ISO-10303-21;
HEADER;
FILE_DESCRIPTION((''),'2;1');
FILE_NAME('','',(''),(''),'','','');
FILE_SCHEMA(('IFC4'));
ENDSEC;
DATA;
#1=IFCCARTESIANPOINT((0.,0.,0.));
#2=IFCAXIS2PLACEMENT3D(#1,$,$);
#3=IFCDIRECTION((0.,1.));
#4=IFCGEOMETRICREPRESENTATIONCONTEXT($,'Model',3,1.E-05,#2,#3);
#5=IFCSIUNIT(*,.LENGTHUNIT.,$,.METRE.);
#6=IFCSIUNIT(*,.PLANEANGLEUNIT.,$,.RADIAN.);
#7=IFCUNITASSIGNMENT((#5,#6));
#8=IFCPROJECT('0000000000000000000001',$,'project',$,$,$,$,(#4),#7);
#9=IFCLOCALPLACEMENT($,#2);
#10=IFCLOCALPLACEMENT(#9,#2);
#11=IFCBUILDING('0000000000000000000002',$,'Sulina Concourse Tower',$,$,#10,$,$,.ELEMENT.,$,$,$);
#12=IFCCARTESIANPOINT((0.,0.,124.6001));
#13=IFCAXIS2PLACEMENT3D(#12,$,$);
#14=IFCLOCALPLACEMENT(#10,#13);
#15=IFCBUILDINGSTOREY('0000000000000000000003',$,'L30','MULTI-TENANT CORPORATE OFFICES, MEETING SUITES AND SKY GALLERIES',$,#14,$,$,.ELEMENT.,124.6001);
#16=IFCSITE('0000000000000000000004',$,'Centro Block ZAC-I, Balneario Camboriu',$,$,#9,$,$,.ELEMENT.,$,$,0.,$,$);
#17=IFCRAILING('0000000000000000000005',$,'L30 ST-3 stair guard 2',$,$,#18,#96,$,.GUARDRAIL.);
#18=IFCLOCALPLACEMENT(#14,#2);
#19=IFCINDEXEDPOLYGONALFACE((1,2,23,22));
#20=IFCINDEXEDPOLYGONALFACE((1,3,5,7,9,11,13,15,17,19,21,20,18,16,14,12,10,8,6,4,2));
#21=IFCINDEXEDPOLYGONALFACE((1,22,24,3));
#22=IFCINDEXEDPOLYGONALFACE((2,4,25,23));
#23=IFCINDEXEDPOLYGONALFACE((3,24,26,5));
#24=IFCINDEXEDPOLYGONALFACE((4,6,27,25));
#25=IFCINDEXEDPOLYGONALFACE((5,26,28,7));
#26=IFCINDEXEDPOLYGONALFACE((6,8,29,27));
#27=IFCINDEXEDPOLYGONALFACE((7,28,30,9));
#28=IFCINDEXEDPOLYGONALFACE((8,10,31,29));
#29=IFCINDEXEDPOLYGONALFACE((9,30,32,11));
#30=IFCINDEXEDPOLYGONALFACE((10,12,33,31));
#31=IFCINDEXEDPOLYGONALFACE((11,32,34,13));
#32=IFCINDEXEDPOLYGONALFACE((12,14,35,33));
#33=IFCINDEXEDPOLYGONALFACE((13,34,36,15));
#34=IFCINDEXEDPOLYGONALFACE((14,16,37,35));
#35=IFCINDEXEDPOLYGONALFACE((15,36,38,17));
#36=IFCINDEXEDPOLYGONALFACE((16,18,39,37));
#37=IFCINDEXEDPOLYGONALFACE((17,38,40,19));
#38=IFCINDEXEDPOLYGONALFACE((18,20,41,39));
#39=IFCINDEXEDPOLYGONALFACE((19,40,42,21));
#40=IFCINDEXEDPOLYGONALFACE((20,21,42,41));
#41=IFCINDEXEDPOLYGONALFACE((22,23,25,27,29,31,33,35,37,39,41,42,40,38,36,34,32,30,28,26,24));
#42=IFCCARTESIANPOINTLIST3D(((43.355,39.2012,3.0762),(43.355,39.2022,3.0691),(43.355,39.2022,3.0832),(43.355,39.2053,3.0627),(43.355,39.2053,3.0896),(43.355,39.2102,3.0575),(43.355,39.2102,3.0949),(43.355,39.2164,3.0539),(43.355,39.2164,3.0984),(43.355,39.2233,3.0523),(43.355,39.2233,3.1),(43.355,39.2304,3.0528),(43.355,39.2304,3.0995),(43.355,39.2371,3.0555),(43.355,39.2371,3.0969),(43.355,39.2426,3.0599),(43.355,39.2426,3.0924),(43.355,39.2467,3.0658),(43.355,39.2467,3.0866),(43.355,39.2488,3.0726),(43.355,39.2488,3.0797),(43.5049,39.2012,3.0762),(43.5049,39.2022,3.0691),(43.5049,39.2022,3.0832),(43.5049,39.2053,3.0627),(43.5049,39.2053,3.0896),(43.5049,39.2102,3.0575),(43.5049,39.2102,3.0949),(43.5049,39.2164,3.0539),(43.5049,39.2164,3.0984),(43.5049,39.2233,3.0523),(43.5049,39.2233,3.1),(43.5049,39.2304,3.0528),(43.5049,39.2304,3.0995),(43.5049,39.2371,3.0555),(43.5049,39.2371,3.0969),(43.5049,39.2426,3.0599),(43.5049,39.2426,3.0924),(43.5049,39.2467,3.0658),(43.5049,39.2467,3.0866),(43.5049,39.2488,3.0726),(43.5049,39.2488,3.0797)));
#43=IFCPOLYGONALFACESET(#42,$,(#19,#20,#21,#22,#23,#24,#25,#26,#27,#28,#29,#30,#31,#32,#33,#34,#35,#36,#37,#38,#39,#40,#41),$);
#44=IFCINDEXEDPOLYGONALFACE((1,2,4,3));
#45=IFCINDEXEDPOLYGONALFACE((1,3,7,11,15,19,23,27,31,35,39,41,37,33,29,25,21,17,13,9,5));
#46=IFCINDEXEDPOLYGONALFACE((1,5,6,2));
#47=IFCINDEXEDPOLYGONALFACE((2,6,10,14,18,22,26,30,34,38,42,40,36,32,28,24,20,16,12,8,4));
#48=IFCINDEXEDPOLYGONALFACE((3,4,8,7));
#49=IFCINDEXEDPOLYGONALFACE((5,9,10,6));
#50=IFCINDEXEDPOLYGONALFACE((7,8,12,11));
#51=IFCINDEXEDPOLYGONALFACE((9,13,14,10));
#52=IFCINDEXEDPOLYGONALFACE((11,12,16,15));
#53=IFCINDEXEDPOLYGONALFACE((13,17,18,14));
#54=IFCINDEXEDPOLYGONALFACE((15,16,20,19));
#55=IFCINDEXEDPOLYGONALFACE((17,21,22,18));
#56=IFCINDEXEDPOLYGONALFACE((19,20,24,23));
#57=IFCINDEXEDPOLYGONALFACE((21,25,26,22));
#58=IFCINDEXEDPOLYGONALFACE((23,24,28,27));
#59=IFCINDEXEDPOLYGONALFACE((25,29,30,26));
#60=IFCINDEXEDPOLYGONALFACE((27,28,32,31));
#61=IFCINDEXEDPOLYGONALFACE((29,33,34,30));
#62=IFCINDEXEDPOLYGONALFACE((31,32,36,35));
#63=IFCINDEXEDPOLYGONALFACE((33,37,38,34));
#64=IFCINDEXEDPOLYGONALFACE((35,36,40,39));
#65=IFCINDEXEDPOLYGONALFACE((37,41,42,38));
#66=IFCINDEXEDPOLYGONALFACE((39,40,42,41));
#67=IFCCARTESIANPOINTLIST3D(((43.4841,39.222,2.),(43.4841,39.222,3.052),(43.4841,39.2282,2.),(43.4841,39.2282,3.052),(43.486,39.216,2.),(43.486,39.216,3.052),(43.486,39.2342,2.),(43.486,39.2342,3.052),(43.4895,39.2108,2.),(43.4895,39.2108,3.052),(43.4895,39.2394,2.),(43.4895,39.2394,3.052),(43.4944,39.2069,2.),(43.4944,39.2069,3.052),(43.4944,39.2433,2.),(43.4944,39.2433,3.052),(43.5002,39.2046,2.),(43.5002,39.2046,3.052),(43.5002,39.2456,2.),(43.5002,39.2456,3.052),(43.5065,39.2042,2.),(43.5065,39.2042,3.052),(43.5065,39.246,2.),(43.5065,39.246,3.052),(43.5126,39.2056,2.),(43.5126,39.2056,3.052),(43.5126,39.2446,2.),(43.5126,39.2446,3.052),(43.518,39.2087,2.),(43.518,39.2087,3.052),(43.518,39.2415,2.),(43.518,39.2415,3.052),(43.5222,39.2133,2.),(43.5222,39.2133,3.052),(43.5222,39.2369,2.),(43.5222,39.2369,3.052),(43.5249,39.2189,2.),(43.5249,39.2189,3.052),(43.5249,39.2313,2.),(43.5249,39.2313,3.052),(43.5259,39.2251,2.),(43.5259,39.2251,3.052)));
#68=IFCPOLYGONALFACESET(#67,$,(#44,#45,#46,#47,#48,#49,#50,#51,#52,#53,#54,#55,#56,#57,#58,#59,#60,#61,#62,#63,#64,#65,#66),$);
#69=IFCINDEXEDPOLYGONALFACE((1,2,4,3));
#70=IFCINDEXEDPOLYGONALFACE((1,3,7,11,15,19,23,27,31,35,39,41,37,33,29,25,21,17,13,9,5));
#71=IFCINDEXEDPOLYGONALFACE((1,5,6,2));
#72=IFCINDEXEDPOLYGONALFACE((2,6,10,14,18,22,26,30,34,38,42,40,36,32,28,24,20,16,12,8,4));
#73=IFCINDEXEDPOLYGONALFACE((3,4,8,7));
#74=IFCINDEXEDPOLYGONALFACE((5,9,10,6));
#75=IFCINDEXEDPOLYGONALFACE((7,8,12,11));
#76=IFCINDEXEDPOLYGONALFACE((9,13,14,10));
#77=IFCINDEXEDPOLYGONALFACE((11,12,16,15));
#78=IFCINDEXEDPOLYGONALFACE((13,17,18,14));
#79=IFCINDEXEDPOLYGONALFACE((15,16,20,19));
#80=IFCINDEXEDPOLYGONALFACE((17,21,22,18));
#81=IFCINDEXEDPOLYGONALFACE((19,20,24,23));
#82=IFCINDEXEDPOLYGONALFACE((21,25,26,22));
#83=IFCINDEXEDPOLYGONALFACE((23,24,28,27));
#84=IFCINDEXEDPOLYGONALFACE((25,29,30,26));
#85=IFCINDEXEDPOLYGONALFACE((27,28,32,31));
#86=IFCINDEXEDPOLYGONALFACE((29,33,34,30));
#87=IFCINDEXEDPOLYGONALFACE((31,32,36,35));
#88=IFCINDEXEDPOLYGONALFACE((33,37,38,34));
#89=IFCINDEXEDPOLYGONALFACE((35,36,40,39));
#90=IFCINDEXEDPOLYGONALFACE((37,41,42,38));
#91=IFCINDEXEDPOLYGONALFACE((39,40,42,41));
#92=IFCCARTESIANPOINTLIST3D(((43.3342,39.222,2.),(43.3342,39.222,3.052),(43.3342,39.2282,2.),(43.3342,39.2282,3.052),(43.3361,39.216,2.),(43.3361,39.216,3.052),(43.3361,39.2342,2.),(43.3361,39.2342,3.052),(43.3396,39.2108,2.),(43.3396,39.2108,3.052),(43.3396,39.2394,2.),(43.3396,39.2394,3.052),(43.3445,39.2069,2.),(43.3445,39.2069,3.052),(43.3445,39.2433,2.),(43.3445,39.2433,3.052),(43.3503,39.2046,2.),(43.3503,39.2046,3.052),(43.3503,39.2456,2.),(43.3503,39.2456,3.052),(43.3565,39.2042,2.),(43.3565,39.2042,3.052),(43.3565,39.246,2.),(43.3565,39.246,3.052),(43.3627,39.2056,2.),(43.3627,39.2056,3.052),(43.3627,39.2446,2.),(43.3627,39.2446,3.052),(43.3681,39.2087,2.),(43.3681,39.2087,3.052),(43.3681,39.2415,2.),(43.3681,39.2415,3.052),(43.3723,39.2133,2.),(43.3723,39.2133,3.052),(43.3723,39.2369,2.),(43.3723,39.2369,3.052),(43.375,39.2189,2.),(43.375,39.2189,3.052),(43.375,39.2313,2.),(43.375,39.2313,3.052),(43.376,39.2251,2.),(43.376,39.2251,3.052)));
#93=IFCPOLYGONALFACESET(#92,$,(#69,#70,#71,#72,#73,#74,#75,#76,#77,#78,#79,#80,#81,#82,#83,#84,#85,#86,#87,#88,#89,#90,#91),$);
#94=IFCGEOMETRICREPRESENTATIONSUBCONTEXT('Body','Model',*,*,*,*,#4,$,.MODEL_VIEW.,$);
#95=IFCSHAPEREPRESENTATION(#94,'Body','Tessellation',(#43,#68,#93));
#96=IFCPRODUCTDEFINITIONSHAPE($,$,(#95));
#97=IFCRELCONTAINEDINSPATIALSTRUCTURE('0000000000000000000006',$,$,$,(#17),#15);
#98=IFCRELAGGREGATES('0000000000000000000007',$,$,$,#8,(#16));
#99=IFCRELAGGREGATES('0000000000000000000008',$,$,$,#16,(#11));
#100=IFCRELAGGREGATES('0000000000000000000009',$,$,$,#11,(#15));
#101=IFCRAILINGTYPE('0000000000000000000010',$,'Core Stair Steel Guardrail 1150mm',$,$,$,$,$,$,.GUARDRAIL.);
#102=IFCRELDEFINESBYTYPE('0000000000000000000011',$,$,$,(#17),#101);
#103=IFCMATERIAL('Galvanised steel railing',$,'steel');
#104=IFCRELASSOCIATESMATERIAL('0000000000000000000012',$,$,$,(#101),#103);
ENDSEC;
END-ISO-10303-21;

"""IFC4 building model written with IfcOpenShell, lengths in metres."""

from ifc_helpers import new_model, si_unit, direction, frame, origin, origin_2d, place, context, subcontext, project, spatial, circle, extrude, material, type_object, element, save


model = new_model("IFC4")

# Units and contexts
model_context = context("Model", 3, precision=1e-05, world=origin(), true_north=direction((0.0, 1.0)))
body_context = subcontext(model_context, "Body", "Model", "MODEL_VIEW")
ifc_project = project(units=[si_unit("LENGTHUNIT", "METRE"), si_unit("PLANEANGLEUNIT", "RADIAN")], contexts=[model_context])

# Site, building, storey
site_placement = place(None, origin())
site = spatial("IfcSite", under=ifc_project, at=site_placement, Name="Centro Block ZAC-I, Balneario Camboriu", CompositionType="ELEMENT", RefElevation=0.0)
building_placement = place(site_placement, origin())
building = spatial("IfcBuilding", under=site, at=building_placement, Name="Sulina Concourse Tower", CompositionType="ELEMENT")
storey_placement = place(building_placement, frame((0.0, 0.0, 124.6001)))
storey = spatial("IfcBuildingStorey", under=building, at=storey_placement, Name="L30", Description="MULTI-TENANT CORPORATE OFFICES, MEETING SUITES AND SKY GALLERIES", CompositionType="ELEMENT", Elevation=124.6001)

# Railing
ifc_material_1 = material(Name="Galvanised steel railing", Category="steel")
railing_type_1 = type_object("IfcRailingType", Name="Core Stair Steel Guardrail 1150mm", PredefinedType="GUARDRAIL", material=ifc_material_1)
railing_1_placement = place(storey_placement, frame((43.5049, 39.2251, 2.0)))
element("IfcRailing", 1, at=railing_1_placement, inside=storey, type_object=railing_type_1, Name="L30 ST-3 stair guard 2", PredefinedType="GUARDRAIL", context=body_context, shape_type="SweptSolid", body=[
    extrude(circle(Radius=0.0239, at=origin_2d()), frame((0.0, 0.0, 1.0762), z_axis=(-1.0, 0.0, 0.0), x_axis=(0.0, -1.0, 0.0)), (0.0, 0.0, 1.0), 0.1499),
    extrude(circle(Radius=0.021, at=origin_2d()), origin(), (0.0, 0.0, 1.0), 1.052),
    extrude(circle(Radius=0.021, at=origin_2d()), frame((-0.1499, 0.0, 0.0)), (0.0, 0.0, 1.0), 1.052),
])

save(model, "model.ifc")
